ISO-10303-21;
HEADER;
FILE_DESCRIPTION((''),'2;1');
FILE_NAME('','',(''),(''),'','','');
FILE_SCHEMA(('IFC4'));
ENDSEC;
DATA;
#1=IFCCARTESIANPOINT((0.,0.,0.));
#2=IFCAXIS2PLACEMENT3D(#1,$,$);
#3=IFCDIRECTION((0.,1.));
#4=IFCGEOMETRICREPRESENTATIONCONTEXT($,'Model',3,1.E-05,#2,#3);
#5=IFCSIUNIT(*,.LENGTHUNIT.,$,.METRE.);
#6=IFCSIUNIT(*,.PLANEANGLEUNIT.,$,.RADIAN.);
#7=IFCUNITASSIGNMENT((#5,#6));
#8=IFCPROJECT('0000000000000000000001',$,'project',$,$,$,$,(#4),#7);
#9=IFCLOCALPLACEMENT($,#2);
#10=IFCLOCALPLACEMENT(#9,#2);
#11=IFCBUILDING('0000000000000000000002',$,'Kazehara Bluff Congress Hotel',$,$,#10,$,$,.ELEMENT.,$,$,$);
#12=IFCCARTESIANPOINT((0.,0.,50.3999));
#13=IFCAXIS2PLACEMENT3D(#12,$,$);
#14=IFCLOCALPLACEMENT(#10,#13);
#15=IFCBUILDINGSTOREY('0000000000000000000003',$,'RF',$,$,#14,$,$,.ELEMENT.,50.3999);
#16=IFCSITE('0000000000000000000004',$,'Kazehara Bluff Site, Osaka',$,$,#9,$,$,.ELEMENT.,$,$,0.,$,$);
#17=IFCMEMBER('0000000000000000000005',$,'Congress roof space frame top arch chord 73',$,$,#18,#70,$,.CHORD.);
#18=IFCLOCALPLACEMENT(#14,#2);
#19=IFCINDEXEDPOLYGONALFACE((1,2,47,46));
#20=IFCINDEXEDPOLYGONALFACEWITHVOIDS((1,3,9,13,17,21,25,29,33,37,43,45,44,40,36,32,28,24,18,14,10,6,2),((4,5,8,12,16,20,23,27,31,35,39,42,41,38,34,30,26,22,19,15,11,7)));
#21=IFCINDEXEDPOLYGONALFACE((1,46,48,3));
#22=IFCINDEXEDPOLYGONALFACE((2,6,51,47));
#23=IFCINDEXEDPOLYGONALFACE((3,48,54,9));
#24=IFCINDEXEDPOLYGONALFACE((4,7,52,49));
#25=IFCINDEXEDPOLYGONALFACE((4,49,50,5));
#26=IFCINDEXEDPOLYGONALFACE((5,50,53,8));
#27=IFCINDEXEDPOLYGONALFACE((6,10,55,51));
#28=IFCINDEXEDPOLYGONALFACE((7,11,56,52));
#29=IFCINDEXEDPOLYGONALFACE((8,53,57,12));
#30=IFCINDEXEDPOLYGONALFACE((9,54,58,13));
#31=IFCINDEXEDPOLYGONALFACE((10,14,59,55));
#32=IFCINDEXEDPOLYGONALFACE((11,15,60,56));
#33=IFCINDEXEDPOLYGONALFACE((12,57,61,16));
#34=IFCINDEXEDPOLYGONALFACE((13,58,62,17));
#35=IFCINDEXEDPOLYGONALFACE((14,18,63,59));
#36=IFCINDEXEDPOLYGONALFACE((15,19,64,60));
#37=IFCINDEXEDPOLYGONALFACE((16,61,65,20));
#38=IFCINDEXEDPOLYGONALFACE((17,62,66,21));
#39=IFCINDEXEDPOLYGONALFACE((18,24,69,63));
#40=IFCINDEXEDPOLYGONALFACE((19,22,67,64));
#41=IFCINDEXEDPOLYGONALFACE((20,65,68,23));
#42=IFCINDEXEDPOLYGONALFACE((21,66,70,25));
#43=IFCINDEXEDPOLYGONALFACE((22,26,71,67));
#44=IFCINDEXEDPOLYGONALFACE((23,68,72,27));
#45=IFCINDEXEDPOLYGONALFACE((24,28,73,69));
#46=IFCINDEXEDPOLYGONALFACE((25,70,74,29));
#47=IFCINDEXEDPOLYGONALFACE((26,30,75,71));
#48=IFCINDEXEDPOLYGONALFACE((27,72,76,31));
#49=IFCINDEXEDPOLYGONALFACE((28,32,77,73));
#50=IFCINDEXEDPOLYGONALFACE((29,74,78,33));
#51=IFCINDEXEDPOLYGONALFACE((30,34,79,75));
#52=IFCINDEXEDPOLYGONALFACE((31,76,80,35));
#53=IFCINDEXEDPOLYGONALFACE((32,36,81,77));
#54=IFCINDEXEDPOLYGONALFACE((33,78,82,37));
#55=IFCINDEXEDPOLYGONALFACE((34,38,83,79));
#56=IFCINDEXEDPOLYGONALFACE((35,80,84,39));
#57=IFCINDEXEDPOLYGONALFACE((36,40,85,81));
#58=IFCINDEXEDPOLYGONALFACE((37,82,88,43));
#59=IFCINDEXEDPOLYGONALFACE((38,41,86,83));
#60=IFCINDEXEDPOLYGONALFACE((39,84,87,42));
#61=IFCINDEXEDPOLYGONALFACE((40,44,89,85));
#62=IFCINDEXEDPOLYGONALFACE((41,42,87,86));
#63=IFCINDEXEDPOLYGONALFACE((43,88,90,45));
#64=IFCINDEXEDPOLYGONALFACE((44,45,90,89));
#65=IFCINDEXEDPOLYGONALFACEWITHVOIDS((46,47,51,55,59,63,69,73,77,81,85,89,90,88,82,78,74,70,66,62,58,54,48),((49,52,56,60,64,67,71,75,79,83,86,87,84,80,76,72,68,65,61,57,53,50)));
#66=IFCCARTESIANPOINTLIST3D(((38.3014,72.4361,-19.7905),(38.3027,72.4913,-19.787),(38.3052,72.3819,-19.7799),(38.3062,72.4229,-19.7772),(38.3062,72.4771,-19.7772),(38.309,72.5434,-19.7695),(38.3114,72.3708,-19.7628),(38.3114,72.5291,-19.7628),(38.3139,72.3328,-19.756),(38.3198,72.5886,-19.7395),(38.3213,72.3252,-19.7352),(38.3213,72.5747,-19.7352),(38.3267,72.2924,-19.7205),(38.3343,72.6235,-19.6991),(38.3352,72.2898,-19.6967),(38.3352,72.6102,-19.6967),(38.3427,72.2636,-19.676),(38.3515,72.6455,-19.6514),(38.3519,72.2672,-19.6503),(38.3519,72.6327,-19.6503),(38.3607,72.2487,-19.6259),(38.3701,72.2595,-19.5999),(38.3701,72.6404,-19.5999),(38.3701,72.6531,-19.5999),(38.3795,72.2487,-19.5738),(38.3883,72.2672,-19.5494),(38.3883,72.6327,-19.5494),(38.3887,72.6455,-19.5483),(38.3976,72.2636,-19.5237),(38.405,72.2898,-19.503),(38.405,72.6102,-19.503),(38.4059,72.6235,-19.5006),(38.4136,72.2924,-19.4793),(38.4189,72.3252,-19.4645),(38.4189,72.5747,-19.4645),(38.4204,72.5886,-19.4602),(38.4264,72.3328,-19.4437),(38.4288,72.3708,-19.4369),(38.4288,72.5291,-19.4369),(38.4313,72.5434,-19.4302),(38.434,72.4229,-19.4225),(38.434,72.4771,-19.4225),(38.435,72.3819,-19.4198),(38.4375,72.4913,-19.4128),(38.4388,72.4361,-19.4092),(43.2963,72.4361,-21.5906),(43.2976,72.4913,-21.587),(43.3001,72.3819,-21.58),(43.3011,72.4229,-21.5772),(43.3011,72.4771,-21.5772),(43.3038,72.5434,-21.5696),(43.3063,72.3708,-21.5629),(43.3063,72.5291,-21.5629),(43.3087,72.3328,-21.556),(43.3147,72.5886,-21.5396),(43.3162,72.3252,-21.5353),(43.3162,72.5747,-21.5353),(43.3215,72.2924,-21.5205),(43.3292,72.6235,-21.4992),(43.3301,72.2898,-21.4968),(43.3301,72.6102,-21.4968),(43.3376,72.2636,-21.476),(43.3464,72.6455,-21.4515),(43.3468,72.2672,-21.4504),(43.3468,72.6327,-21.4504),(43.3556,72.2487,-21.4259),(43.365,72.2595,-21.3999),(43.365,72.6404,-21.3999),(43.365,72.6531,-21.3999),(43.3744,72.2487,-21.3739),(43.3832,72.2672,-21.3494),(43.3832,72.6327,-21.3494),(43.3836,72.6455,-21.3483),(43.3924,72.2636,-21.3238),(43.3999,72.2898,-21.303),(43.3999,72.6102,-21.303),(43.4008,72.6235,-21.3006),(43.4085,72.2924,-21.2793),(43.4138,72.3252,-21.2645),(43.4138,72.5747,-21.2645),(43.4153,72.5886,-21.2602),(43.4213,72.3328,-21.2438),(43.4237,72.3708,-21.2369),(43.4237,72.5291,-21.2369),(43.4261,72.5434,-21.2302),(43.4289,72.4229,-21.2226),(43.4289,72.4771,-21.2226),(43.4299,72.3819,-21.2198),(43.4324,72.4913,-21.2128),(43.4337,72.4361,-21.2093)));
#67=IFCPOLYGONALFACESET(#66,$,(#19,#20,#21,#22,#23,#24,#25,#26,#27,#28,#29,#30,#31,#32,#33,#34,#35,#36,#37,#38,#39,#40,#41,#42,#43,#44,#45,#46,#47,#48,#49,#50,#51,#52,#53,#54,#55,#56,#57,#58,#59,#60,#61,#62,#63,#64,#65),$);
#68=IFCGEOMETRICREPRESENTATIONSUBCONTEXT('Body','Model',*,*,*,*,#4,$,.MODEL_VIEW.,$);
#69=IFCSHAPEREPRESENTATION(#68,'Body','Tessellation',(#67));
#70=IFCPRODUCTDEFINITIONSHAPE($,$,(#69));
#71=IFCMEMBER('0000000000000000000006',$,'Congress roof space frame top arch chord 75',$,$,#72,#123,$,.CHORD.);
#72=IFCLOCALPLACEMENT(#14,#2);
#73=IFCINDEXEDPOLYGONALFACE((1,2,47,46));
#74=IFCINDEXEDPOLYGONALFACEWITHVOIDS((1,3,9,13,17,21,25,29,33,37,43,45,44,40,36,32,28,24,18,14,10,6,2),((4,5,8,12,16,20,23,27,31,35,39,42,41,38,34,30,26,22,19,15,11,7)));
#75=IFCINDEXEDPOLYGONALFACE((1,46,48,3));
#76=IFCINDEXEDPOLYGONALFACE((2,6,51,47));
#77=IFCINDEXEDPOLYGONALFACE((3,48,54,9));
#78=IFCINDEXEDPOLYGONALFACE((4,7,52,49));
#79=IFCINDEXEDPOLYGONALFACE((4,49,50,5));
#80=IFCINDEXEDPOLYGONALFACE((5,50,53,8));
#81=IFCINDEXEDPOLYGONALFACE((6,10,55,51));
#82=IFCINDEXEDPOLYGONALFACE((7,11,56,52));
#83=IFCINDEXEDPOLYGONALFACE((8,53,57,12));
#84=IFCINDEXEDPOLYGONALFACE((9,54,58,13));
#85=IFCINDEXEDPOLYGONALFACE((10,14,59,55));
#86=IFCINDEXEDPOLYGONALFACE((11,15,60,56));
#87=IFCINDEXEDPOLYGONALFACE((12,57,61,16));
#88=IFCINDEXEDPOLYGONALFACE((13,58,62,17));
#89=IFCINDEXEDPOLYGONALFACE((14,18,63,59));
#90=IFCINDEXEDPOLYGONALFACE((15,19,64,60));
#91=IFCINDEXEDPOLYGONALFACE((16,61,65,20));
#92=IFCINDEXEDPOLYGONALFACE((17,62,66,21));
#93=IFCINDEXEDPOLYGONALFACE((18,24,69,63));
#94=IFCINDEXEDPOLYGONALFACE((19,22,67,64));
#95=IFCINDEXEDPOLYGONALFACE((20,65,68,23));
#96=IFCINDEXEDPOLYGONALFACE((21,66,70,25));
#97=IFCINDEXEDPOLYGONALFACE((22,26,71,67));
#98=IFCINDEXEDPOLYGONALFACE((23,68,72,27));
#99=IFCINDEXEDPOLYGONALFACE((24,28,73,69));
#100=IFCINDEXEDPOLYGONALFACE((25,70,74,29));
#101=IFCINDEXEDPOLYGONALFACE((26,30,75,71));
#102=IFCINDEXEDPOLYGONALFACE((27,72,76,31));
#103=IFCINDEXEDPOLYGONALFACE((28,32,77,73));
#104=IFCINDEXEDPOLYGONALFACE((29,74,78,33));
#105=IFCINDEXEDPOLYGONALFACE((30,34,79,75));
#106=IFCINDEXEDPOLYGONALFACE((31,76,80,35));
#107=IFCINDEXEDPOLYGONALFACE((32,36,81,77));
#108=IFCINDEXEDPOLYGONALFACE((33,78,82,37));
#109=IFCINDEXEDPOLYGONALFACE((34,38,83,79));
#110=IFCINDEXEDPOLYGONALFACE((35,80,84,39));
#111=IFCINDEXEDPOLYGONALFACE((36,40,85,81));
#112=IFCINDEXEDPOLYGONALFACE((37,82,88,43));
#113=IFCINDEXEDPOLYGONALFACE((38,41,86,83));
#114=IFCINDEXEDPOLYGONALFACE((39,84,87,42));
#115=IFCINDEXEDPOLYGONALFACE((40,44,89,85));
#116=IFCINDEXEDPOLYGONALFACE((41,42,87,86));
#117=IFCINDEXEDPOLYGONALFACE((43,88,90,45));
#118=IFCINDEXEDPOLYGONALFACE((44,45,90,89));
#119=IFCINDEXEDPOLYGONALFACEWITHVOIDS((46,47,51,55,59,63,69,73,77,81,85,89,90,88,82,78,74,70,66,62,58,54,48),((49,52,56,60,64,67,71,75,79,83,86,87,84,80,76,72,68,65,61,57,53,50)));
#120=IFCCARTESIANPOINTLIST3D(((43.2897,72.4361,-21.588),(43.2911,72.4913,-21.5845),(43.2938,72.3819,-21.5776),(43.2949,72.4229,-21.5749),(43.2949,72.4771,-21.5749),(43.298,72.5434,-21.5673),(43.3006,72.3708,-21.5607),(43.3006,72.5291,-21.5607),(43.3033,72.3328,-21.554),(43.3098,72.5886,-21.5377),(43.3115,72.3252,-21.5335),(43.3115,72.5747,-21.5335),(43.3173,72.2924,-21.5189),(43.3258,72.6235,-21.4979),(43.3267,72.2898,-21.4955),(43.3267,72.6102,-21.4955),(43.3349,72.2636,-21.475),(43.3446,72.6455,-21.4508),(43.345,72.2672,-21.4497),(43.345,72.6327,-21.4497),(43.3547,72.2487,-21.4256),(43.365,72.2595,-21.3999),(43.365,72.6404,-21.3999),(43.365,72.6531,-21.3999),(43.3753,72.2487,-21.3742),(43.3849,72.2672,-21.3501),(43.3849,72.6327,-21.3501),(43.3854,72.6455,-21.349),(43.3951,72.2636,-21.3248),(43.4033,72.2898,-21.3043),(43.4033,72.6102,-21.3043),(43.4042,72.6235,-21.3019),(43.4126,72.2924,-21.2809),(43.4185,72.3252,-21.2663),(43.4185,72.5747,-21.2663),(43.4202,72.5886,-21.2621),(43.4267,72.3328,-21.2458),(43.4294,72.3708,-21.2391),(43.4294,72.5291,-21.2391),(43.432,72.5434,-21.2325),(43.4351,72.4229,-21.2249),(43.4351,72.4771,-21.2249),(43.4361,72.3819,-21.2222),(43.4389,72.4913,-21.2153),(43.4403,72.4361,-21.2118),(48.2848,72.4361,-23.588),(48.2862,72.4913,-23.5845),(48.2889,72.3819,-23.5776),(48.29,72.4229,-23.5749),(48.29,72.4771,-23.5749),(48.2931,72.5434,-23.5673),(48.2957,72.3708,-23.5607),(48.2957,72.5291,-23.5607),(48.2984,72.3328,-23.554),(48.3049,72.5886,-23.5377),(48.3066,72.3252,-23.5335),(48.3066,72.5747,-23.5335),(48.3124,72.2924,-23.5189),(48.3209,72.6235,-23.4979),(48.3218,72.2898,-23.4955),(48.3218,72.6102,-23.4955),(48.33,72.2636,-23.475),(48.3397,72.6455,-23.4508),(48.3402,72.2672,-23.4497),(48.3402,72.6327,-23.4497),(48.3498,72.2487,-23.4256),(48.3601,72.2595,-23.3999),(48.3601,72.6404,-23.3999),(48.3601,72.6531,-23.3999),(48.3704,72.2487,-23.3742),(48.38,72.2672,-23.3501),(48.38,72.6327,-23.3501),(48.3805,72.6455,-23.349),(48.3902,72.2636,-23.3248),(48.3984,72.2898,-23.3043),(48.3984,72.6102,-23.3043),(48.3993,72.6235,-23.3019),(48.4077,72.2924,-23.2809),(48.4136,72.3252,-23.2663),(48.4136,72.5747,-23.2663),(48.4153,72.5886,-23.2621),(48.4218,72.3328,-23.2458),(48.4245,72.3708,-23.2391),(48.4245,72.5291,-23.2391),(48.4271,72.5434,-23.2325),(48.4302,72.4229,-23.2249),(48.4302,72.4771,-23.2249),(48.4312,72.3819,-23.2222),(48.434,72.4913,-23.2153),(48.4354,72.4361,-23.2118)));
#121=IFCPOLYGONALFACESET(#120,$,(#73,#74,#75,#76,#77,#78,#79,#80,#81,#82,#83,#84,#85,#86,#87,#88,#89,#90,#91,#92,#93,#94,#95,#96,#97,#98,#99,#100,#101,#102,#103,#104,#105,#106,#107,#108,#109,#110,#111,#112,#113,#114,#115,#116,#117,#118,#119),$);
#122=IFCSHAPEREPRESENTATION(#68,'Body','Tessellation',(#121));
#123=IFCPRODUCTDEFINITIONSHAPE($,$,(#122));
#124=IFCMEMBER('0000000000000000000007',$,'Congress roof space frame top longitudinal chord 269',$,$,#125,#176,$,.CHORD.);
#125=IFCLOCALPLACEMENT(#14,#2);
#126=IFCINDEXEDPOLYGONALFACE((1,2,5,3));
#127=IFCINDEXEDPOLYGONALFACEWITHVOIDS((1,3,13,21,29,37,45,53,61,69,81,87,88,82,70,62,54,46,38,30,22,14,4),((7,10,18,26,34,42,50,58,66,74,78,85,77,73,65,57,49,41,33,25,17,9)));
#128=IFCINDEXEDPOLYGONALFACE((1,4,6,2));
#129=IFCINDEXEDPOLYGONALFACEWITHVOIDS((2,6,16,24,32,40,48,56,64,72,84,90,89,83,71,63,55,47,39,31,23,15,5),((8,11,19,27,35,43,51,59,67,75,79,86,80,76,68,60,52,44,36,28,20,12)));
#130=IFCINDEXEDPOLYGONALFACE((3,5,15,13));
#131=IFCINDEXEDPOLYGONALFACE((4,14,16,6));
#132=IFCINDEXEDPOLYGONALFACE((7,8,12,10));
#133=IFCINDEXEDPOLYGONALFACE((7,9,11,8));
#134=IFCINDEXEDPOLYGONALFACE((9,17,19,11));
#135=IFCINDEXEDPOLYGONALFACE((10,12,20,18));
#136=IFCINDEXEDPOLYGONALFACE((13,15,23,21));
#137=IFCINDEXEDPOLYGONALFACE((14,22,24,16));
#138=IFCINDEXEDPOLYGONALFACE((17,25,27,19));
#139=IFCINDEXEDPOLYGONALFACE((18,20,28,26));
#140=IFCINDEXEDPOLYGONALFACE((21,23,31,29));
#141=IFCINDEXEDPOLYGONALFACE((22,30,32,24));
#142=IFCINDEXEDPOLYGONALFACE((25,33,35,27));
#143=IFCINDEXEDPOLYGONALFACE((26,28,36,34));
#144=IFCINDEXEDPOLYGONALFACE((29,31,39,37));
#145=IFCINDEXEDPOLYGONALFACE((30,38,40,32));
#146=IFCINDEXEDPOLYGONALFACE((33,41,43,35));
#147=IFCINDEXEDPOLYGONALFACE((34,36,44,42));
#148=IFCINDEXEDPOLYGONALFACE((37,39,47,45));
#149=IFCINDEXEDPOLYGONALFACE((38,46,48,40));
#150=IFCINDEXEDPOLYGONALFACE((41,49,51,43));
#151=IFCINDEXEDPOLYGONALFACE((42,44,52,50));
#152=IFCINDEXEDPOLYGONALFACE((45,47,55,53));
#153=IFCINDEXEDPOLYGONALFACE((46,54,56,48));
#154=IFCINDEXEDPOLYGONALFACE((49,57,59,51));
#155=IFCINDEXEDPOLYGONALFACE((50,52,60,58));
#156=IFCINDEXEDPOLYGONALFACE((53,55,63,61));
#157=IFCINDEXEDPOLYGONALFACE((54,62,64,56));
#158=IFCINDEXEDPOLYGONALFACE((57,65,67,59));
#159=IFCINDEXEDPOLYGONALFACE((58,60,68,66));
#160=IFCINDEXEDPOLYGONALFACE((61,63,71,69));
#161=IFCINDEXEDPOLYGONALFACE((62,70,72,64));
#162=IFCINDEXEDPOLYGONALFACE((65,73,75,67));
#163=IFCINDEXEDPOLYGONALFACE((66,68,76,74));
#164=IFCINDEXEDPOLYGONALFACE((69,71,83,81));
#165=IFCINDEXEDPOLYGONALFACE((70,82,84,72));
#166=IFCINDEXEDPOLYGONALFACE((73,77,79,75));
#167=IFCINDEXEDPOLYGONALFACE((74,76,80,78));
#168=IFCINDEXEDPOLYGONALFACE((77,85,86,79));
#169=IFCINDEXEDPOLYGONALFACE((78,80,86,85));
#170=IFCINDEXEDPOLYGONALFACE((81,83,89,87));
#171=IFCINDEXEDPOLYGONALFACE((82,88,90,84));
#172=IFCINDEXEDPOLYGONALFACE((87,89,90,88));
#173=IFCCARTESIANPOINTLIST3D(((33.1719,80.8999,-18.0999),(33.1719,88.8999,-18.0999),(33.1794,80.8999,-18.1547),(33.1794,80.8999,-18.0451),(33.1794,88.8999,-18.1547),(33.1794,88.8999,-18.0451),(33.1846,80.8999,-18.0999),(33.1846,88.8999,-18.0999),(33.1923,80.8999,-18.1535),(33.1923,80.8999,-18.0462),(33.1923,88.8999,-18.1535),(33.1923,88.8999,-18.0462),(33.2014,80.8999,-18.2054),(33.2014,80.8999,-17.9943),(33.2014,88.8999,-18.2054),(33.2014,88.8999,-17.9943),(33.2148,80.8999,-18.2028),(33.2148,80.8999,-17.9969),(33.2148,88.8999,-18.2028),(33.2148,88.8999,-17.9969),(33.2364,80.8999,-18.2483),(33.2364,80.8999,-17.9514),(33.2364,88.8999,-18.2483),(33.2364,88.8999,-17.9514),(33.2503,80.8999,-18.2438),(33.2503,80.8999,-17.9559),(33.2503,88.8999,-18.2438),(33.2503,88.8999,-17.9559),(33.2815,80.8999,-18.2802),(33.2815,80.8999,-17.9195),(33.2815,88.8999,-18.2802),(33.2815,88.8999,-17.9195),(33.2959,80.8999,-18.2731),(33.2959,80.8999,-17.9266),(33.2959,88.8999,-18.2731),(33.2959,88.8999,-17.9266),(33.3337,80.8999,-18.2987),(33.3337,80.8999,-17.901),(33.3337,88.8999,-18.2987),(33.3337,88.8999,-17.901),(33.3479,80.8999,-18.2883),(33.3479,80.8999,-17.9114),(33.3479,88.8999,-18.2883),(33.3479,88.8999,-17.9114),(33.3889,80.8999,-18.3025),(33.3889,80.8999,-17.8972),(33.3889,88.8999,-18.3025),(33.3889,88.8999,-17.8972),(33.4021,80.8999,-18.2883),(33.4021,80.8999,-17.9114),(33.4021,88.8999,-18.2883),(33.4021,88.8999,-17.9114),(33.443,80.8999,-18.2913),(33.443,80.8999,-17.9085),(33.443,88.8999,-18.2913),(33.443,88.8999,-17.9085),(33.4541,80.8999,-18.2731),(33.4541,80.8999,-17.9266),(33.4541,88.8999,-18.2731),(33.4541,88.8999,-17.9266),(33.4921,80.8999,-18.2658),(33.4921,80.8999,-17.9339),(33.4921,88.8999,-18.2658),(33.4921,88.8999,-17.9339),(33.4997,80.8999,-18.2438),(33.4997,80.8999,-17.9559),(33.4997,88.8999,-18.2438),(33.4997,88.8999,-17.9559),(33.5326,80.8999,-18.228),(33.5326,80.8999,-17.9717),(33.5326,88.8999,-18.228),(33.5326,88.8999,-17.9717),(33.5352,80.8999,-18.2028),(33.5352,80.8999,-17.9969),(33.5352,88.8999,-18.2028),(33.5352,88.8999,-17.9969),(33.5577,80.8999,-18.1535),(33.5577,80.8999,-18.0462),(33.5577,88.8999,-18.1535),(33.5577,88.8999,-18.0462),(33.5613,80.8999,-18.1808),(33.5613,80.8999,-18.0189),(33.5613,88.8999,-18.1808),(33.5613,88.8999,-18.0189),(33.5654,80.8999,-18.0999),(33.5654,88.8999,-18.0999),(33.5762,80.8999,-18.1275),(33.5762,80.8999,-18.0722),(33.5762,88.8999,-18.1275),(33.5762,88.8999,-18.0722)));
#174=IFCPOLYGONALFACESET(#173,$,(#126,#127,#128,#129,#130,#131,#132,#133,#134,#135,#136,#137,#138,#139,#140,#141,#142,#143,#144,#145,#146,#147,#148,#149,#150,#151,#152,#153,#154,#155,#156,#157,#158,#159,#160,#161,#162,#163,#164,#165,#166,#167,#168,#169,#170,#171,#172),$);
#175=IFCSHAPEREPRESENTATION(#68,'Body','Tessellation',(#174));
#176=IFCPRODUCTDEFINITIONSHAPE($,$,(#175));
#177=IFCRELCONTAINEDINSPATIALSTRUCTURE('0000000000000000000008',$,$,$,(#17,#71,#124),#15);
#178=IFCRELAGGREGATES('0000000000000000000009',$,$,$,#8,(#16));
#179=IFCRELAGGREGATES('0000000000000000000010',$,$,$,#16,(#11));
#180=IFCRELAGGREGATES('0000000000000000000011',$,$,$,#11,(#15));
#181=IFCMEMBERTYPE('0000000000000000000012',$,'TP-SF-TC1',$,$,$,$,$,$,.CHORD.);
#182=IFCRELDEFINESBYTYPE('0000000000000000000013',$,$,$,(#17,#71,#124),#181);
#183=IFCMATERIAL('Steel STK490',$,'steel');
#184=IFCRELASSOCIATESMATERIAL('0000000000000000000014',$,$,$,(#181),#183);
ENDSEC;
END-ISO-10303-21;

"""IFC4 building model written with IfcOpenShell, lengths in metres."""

from ifc_helpers import new_model, si_unit, direction, frame, origin, origin_2d, place, context, subcontext, project, spatial, hollow_circle, extrude, material, material_profile, profile_set, type_object, element, save


model = new_model("IFC4")

# Units and contexts
model_context = context("Model", 3, precision=1e-05, world=origin(), true_north=direction((0.0, 1.0)))
body_context = subcontext(model_context, "Body", "Model", "MODEL_VIEW")
ifc_project = project(units=[si_unit("LENGTHUNIT", "METRE"), si_unit("PLANEANGLEUNIT", "RADIAN")], contexts=[model_context])

# Site, building, storey
site_placement = place(None, origin())
site = spatial("IfcSite", under=ifc_project, at=site_placement, Name="Kazehara Bluff Site, Osaka", CompositionType="ELEMENT", RefElevation=0.0)
building_placement = place(site_placement, origin())
building = spatial("IfcBuilding", under=site, at=building_placement, Name="Kazehara Bluff Congress Hotel", CompositionType="ELEMENT")
storey_placement = place(building_placement, frame((0.0, 0.0, 50.3999)))
storey = spatial("IfcBuildingStorey", under=building, at=storey_placement, Name="RF", CompositionType="ELEMENT", Elevation=50.3999)

# Members
ifc_material_1 = material(Name="Steel STK490", Category="steel")
ifc_material_profile_1 = material_profile(ifc_material_1, hollow_circle(Radius=0.2031, WallThickness=0.0127, at=origin_2d()))
ifc_profile_set_1 = profile_set([ifc_material_profile_1], Name="Steel STK490")
member_type_1 = type_object("IfcMemberType", Name="TP-SF-TC1", PredefinedType="CHORD", material=ifc_profile_set_1)
member_1_placement = place(storey_placement, frame((38.3701, 72.45, -19.5999), z_axis=(0.940774, 0.0, -0.339035), x_axis=(0.0, 1.0, 0.0)))
element("IfcMember", 1, at=member_1_placement, inside=storey, type_object=member_type_1, Name="Congress roof space frame top arch chord 73", PredefinedType="CHORD", context=body_context, shape_type="SweptSolid", body=[
    extrude(hollow_circle(Radius=0.2031, WallThickness=0.0127, at=origin_2d()), origin(), (0.0, 0.0, 1.0), 5.3093),
])
member_2_placement = place(storey_placement, frame((43.365, 72.45, -21.3999), z_axis=(0.928351, 0.0, -0.371704), x_axis=(0.0, 1.0, 0.0)))
element("IfcMember", 2, at=member_2_placement, inside=storey, type_object=member_type_1, Name="Congress roof space frame top arch chord 75", PredefinedType="CHORD", context=body_context, shape_type="SweptSolid", body=[
    extrude(hollow_circle(Radius=0.2031, WallThickness=0.0127, at=origin_2d()), origin(), (0.0, 0.0, 1.0), 5.3806),
])
member_3_placement = place(storey_placement, frame((33.375, 80.8999, -18.0999), z_axis=(0.0, 1.0, 0.0), x_axis=(-1.0, 0.0, 0.0)))
element("IfcMember", 3, at=member_3_placement, inside=storey, type_object=member_type_1, Name="Congress roof space frame top longitudinal chord 269", PredefinedType="CHORD", context=body_context, shape_type="SweptSolid", body=[
    extrude(hollow_circle(Radius=0.2031, WallThickness=0.0127, at=origin_2d()), origin(), (0.0, 0.0, 1.0), 8.0),
])

save(model, "model.ifc")
